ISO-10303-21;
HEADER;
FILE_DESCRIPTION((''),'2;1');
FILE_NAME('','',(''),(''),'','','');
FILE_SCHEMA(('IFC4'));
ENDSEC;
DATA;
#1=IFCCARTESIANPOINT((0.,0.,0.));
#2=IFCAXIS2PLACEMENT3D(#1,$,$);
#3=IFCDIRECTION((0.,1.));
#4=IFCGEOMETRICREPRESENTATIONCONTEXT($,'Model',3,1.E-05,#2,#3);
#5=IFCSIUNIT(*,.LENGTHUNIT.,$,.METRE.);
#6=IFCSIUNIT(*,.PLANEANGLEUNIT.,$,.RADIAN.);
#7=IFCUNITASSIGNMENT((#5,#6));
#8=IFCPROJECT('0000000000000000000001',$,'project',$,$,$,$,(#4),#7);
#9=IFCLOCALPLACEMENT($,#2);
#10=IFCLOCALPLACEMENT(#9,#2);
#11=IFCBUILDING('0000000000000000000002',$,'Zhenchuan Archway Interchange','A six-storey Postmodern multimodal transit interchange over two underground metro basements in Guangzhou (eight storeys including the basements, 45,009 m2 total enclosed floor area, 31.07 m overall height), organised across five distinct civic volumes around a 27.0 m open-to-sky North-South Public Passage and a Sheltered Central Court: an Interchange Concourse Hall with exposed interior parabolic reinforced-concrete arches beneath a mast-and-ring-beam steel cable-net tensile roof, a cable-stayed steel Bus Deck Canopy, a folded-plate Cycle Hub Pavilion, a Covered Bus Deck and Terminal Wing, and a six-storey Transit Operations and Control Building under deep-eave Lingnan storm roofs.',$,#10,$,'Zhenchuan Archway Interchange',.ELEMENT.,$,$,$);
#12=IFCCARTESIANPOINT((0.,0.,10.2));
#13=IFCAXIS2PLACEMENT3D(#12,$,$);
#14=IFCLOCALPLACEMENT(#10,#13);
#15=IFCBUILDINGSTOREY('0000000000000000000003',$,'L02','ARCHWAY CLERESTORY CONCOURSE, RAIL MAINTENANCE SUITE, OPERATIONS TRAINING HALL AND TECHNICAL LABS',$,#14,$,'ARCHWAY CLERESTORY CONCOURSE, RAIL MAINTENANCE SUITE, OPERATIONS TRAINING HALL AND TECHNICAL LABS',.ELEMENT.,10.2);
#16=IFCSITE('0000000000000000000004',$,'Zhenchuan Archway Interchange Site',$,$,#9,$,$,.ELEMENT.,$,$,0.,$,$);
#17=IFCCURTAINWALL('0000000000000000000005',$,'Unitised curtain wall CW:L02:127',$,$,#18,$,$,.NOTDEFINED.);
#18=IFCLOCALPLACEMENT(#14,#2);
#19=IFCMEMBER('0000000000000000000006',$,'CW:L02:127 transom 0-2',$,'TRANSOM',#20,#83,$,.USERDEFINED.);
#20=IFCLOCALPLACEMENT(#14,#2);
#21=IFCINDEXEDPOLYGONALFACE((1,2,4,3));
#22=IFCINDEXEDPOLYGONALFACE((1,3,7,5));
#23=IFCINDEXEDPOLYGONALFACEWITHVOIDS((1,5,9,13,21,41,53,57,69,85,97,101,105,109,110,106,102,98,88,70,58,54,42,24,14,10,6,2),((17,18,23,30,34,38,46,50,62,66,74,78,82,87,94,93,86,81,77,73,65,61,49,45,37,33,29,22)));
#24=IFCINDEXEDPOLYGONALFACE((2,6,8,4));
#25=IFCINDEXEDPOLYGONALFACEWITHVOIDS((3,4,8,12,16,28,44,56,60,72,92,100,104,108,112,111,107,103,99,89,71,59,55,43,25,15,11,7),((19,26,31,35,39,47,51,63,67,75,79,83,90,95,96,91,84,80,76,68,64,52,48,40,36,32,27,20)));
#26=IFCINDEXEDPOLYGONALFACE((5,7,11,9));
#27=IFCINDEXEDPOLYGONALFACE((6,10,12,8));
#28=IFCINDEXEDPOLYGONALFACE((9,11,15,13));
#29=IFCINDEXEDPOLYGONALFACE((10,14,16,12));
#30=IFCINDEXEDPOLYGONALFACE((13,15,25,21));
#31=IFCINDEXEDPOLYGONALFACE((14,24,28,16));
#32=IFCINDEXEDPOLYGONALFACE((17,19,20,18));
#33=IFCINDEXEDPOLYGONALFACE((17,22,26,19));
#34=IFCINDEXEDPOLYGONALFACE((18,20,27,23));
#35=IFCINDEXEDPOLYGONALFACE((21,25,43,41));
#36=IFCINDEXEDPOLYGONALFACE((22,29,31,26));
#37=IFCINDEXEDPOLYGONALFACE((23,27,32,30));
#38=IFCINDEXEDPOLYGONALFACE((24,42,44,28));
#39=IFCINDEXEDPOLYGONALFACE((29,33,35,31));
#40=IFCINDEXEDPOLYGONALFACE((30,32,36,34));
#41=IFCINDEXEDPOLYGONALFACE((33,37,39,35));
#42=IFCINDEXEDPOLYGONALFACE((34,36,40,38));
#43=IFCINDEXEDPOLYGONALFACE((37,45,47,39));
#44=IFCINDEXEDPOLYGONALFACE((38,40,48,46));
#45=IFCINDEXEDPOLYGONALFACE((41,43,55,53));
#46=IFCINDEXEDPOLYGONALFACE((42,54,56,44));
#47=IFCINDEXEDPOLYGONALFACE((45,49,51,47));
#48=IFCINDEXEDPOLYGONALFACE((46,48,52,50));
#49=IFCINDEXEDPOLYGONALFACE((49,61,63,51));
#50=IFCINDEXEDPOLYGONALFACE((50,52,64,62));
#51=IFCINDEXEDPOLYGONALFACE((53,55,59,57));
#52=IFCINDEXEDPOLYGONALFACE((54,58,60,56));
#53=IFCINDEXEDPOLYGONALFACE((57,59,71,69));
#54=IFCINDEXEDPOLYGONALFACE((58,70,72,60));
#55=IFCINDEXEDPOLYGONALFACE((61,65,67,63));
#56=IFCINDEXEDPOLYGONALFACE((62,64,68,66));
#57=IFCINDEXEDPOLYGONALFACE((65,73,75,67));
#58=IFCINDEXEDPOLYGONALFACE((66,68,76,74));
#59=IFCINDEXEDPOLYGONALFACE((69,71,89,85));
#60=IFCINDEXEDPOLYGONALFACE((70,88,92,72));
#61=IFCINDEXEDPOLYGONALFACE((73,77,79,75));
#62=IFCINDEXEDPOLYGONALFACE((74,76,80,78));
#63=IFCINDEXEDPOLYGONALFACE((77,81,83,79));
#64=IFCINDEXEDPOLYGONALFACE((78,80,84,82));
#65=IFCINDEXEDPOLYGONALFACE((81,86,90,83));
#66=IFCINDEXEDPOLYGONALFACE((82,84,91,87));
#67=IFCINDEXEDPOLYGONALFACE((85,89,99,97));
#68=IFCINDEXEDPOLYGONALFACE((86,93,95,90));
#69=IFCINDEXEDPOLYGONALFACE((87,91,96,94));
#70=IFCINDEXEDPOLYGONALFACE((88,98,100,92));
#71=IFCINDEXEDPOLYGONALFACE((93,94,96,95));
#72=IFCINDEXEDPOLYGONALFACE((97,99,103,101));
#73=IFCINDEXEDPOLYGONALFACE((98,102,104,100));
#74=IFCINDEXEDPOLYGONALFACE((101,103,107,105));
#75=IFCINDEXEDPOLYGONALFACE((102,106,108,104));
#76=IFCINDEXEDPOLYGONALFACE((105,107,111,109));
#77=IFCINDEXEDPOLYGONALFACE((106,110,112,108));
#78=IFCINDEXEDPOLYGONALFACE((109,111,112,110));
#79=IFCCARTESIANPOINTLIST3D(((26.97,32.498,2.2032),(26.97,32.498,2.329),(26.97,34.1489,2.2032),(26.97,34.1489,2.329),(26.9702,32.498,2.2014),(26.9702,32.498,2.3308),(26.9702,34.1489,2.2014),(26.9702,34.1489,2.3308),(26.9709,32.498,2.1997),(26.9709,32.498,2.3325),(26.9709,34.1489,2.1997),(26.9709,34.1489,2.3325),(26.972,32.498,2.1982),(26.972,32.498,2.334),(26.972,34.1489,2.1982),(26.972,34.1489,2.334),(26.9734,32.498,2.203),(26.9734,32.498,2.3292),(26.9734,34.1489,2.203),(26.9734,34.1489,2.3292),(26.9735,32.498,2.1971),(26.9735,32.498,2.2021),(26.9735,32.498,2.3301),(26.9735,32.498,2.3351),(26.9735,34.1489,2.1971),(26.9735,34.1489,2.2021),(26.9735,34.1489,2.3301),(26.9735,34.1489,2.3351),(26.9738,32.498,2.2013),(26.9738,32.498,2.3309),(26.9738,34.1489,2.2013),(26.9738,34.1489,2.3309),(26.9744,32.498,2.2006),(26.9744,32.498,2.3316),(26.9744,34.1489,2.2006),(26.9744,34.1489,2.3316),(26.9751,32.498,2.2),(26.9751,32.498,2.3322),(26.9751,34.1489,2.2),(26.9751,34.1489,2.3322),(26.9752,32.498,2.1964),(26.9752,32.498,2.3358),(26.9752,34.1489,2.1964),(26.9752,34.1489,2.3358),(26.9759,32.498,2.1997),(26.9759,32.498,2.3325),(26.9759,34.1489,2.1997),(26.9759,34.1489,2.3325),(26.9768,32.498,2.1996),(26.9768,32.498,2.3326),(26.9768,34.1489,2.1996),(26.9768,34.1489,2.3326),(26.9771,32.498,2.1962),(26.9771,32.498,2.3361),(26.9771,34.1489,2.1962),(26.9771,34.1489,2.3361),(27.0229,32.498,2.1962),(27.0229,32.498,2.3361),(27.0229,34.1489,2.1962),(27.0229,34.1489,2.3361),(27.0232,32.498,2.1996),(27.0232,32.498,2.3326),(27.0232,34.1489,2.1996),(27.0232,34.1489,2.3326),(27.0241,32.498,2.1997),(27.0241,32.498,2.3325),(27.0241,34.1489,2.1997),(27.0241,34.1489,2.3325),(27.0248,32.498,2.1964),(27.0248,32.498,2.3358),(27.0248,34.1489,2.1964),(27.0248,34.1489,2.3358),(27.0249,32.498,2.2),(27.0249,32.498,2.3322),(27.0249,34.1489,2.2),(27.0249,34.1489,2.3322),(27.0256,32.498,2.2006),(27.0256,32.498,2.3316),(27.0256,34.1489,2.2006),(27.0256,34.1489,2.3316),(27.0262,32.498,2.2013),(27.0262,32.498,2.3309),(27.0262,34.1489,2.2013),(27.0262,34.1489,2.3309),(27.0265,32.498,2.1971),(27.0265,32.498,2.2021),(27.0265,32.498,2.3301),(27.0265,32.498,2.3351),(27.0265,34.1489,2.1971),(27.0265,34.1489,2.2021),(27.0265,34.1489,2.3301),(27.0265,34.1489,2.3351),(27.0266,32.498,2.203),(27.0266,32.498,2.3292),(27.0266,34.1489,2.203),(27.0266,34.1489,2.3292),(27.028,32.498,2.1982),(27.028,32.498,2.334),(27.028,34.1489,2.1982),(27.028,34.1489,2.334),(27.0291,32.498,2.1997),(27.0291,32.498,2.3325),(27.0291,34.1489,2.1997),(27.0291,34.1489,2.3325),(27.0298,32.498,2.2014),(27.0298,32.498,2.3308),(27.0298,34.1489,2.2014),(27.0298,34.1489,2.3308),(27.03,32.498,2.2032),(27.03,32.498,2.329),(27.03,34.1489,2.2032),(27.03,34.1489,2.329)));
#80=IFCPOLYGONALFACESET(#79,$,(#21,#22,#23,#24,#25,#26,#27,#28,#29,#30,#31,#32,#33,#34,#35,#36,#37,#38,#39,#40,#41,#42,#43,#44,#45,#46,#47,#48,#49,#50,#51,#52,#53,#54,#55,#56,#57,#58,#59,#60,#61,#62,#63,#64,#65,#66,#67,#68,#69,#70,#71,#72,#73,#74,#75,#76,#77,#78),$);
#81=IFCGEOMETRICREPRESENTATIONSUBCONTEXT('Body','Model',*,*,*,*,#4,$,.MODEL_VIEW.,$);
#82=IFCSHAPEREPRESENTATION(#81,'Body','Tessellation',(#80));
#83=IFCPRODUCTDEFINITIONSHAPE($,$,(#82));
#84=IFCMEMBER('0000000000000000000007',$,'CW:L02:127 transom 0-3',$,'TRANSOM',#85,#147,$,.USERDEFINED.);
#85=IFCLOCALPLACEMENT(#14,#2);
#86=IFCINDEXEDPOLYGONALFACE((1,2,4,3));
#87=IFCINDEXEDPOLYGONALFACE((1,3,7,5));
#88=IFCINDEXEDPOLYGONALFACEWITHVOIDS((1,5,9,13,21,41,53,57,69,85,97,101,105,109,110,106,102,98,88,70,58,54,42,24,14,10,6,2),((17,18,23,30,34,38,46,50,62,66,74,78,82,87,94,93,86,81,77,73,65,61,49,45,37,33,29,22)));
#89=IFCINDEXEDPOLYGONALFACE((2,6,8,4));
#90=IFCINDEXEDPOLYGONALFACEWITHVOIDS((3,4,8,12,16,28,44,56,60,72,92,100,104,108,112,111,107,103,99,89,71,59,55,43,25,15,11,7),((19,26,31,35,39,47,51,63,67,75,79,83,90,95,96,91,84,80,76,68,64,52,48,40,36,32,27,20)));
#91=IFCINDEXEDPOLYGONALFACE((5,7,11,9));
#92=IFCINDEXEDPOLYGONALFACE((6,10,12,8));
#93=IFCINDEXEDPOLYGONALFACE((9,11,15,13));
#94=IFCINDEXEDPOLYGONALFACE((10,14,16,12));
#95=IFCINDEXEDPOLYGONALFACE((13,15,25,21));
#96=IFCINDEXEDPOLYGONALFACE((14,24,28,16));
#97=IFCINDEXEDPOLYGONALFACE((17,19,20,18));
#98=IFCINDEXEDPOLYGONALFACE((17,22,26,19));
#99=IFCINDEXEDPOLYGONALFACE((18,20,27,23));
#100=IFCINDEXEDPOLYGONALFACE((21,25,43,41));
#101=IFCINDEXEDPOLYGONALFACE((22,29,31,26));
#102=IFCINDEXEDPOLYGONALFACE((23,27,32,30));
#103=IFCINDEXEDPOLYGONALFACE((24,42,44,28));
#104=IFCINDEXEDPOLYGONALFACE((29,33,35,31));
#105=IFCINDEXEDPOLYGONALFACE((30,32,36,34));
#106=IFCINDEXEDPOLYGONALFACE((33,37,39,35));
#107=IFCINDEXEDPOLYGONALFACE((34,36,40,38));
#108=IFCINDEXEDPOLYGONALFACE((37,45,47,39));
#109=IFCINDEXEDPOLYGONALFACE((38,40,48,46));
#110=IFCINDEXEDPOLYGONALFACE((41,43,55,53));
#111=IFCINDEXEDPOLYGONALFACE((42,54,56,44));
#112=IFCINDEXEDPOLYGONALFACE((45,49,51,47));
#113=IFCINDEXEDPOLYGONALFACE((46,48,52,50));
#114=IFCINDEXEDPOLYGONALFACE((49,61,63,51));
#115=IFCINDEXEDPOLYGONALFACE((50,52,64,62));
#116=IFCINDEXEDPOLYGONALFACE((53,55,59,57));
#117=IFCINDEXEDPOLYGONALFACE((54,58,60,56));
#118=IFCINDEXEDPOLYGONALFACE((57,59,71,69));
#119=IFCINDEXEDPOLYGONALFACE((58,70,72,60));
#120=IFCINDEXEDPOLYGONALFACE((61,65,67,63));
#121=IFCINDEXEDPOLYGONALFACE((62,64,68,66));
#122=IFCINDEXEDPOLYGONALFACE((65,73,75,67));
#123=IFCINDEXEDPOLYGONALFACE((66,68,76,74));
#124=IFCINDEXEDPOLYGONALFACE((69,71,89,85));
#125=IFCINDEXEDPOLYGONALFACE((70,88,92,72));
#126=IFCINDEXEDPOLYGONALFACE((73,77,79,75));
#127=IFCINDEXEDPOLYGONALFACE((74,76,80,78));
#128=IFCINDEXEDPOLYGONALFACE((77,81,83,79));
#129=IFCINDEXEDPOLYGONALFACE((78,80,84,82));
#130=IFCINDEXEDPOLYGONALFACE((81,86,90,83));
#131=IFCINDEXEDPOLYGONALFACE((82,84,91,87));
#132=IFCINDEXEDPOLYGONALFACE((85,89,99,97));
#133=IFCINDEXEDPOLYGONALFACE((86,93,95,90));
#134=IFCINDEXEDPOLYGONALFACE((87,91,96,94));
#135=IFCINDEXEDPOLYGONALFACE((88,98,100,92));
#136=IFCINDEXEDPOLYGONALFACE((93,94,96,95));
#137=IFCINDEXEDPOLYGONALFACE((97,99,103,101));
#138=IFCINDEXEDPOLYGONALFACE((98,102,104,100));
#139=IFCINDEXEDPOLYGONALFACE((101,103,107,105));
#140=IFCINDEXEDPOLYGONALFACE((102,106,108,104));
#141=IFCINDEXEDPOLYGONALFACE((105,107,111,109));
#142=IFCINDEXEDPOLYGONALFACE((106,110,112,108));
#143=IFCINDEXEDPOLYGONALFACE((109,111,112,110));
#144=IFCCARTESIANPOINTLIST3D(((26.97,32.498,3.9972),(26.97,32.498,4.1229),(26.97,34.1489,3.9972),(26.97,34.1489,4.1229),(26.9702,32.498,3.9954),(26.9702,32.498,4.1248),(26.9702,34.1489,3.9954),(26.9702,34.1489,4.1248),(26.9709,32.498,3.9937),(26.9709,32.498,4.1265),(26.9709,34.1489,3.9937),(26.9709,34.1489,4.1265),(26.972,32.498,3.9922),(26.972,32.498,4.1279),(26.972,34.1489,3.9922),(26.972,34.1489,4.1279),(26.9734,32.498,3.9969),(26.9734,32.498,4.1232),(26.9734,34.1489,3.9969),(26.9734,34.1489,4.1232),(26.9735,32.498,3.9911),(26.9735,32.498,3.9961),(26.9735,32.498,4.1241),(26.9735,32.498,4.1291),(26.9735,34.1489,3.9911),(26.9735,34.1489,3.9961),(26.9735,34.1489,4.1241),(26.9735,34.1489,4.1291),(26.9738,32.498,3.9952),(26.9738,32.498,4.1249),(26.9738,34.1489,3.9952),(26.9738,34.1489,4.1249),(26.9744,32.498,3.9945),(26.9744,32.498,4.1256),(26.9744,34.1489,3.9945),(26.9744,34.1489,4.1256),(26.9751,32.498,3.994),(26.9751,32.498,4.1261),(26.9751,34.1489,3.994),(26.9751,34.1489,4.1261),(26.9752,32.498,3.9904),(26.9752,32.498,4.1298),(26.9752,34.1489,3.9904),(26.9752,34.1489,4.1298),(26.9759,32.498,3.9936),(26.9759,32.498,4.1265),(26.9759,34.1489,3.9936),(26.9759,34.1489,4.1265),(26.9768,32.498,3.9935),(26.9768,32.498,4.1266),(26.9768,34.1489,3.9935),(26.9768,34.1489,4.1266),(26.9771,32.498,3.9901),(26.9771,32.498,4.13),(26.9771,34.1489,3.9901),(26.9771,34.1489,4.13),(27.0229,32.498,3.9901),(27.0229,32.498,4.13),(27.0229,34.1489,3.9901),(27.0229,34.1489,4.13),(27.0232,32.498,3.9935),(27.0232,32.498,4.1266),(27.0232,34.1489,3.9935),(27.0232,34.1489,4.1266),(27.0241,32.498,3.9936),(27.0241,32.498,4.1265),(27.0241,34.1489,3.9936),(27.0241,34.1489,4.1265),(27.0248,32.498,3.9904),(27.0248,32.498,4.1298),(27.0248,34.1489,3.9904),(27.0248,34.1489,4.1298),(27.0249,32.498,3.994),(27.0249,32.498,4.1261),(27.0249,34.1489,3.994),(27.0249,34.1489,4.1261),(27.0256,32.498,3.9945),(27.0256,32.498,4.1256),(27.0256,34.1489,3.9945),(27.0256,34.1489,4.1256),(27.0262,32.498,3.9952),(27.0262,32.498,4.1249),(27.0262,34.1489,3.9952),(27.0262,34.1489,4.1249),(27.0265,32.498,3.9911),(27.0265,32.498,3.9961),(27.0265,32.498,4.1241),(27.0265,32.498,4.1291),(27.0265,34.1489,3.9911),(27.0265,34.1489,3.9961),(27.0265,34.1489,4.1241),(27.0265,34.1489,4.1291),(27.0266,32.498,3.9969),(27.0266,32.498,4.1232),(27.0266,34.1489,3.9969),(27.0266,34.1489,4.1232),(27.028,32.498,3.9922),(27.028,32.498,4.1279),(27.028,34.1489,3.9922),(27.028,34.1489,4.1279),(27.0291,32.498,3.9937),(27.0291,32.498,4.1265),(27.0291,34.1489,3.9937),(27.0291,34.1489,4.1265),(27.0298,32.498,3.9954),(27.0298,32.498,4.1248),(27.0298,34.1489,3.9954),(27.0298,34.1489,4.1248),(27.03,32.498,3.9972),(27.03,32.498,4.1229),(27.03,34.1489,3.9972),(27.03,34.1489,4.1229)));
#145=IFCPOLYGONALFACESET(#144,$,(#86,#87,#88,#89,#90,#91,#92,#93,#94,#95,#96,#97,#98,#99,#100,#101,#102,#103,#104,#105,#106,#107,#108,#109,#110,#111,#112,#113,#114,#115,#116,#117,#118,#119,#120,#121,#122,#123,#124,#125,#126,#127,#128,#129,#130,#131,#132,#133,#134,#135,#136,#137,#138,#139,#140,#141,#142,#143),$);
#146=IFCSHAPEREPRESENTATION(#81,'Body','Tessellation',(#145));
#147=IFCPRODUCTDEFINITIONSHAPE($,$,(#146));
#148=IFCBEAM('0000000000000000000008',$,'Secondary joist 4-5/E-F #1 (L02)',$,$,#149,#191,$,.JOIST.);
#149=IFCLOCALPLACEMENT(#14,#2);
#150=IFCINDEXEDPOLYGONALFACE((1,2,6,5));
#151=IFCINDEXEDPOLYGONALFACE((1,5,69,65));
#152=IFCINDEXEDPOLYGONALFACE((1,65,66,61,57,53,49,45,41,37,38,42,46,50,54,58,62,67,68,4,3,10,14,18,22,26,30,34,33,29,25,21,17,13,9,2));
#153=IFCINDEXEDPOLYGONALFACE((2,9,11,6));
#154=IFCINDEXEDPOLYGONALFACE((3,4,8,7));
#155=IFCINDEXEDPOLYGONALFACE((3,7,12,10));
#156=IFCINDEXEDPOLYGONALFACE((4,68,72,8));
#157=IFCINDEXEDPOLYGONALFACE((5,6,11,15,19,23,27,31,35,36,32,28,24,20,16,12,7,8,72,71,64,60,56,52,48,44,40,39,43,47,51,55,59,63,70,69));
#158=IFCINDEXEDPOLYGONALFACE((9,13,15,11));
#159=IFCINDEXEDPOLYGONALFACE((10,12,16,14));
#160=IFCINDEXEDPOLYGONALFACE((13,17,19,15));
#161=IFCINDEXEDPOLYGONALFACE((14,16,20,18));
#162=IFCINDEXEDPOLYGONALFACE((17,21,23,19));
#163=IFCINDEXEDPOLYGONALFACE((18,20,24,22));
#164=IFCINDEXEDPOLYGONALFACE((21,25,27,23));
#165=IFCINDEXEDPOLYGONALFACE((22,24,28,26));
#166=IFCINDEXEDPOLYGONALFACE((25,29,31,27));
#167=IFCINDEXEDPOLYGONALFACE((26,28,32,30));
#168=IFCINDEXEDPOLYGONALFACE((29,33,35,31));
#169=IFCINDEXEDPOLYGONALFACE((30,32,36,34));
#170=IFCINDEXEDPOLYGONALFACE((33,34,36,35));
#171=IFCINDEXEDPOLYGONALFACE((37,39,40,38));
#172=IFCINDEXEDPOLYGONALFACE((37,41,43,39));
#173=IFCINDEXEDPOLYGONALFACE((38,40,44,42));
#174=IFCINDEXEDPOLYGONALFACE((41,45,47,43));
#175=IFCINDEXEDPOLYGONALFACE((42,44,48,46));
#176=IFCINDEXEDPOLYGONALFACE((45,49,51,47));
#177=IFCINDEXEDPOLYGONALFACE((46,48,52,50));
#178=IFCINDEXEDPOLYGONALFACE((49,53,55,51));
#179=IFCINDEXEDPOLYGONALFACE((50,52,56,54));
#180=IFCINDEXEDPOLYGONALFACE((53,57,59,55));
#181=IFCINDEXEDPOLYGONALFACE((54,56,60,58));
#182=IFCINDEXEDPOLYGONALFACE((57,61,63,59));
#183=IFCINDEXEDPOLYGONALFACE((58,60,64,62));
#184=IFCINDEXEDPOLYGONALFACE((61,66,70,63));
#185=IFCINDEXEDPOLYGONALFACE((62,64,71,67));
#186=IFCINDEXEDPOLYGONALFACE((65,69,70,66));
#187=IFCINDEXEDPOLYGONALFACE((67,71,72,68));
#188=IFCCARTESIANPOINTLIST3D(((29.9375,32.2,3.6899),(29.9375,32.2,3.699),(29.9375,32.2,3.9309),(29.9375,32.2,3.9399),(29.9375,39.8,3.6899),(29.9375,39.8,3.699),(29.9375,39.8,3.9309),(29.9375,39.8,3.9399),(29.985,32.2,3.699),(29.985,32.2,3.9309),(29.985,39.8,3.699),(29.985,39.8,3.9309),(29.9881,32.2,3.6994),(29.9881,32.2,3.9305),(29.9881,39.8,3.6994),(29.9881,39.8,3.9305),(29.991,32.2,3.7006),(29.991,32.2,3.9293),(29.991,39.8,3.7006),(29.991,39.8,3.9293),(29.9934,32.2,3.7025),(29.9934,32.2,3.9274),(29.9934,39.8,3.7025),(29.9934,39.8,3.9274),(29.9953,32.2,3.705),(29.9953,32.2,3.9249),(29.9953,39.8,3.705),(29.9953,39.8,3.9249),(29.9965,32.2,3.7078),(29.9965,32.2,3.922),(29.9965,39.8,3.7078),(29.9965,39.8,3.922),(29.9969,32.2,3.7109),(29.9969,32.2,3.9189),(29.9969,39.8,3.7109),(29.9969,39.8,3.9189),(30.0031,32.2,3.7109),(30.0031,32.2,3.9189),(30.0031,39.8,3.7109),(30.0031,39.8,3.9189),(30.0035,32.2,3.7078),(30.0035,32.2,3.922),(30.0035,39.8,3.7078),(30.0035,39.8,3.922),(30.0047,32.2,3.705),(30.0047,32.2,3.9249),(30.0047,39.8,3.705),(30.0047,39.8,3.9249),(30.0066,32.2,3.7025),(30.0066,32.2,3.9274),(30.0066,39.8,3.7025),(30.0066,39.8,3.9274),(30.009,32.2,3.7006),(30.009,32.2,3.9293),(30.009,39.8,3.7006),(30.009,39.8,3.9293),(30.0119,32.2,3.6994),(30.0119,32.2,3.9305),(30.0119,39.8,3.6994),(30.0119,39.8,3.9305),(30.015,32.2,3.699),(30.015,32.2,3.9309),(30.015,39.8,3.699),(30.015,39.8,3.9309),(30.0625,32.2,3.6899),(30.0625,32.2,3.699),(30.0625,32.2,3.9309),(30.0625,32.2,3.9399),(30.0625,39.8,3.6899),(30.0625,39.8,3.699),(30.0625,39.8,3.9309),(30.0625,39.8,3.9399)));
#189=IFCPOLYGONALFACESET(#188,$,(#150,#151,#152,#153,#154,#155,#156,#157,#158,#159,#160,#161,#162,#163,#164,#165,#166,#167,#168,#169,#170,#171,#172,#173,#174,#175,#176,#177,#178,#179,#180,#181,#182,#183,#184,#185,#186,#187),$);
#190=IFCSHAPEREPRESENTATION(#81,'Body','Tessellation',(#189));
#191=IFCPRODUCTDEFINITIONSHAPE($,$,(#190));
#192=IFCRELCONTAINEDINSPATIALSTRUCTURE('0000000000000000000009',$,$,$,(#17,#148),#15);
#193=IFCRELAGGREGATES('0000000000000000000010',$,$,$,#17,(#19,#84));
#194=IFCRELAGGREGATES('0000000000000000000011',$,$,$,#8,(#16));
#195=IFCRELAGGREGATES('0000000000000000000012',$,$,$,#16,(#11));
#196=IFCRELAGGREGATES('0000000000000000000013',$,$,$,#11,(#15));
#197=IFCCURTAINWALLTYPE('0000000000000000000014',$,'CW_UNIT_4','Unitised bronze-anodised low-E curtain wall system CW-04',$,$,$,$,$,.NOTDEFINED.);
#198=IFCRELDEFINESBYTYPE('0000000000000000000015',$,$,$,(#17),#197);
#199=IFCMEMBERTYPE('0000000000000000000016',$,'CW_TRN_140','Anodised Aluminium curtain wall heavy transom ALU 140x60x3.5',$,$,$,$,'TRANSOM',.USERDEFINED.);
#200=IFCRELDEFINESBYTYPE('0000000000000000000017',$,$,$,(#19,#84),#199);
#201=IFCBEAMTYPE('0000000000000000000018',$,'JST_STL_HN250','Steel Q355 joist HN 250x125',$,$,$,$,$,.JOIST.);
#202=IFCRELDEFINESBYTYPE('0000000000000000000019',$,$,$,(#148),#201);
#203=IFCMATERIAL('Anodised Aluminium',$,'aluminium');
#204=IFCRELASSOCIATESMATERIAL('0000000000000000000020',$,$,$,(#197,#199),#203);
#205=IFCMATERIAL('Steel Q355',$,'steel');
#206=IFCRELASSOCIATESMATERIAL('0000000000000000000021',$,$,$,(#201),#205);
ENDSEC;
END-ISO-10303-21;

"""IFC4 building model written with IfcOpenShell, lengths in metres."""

from ifc_helpers import new_model, si_unit, direction, frame, origin, origin_2d, place, context, subcontext, project, spatial, hollow_rectangle, i_section, extrude, material, material_profile, profile_set, type_object, element, aggregate, save


model = new_model("IFC4")

# Units and contexts
model_context = context("Model", 3, precision=1e-05, world=origin(), true_north=direction((0.0, 1.0)))
body_context = subcontext(model_context, "Body", "Model", "MODEL_VIEW")
ifc_project = project(units=[si_unit("LENGTHUNIT", "METRE"), si_unit("PLANEANGLEUNIT", "RADIAN")], contexts=[model_context])

# Site, building, storey
site_placement = place(None, origin())
site = spatial("IfcSite", under=ifc_project, at=site_placement, Name="Zhenchuan Archway Interchange Site", CompositionType="ELEMENT", RefElevation=0.0)
building_placement = place(site_placement, origin())
building = spatial("IfcBuilding", under=site, at=building_placement, Name="Zhenchuan Archway Interchange", Description="A six-storey Postmodern multimodal transit interchange over two underground metro basements in Guangzhou (eight storeys including the basements, 45,009 m2 total enclosed floor area, 31.07 m overall height), organised across five distinct civic volumes around a 27.0 m open-to-sky North-South Public Passage and a Sheltered Central Court: an Interchange Concourse Hall with exposed interior parabolic reinforced-concrete arches beneath a mast-and-ring-beam steel cable-net tensile roof, a cable-stayed steel Bus Deck Canopy, a folded-plate Cycle Hub Pavilion, a Covered Bus Deck and Terminal Wing, and a six-storey Transit Operations and Control Building under deep-eave Lingnan storm roofs.", LongName="Zhenchuan Archway Interchange", CompositionType="ELEMENT")
storey_placement = place(building_placement, frame((0.0, 0.0, 10.2)))
storey = spatial("IfcBuildingStorey", under=building, at=storey_placement, Name="L02", Description="ARCHWAY CLERESTORY CONCOURSE, RAIL MAINTENANCE SUITE, OPERATIONS TRAINING HALL AND TECHNICAL LABS", LongName="ARCHWAY CLERESTORY CONCOURSE, RAIL MAINTENANCE SUITE, OPERATIONS TRAINING HALL AND TECHNICAL LABS", CompositionType="ELEMENT", Elevation=10.2)

# Shared definitions
ifc_material_1 = material(Name="Anodised Aluminium", Category="aluminium")

# Curtain wall
curtain_wall_type_1 = type_object("IfcCurtainWallType", Name="CW_UNIT_4", Description="Unitised bronze-anodised low-E curtain wall system CW-04", PredefinedType="NOTDEFINED", material=ifc_material_1)
curtain_wall_1_placement = place(storey_placement, origin())
curtain_wall_1 = element("IfcCurtainWall", 1, at=curtain_wall_1_placement, inside=storey, type_object=curtain_wall_type_1, Name="Unitised curtain wall CW:L02:127", PredefinedType="NOTDEFINED")

# Members
ifc_material_profile_1 = material_profile(ifc_material_1, hollow_rectangle(XDim=0.0601, YDim=0.1399, WallThickness=0.0034, InnerFilletRadius=0.0034, OuterFilletRadius=0.0071, at=origin_2d()), Name="ALU 140x60x3.5")
ifc_profile_set_1 = profile_set([ifc_material_profile_1], Name="Anodised Aluminium")
member_type_1 = type_object("IfcMemberType", Name="CW_TRN_140", Description="Anodised Aluminium curtain wall heavy transom ALU 140x60x3.5", ElementType="TRANSOM", PredefinedType="USERDEFINED", material=ifc_profile_set_1)
member_1_placement = place(storey_placement, frame((27.0, 32.498, 2.2661), z_axis=(0.0, 1.0, 0.0), x_axis=(-1.0, 0.0, 0.0)))
member_1 = element("IfcMember", 2, at=member_1_placement, type_object=member_type_1, Name="CW:L02:127 transom 0-2", ObjectType="TRANSOM", PredefinedType="USERDEFINED", context=body_context, shape_type="SweptSolid", body=[
    extrude(hollow_rectangle(XDim=0.0601, YDim=0.1399, WallThickness=0.0034, InnerFilletRadius=0.0034, OuterFilletRadius=0.0071, at=origin_2d()), origin(), (0.0, 0.0, 1.0), 1.6509),
])
member_2_placement = place(storey_placement, frame((27.0, 32.498, 4.0601), z_axis=(0.0, 1.0, 0.0), x_axis=(-1.0, 0.0, 0.0)))
member_2 = element("IfcMember", 3, at=member_2_placement, type_object=member_type_1, Name="CW:L02:127 transom 0-3", ObjectType="TRANSOM", PredefinedType="USERDEFINED", context=body_context, shape_type="SweptSolid", body=[
    extrude(hollow_rectangle(XDim=0.0601, YDim=0.1399, WallThickness=0.0034, InnerFilletRadius=0.0034, OuterFilletRadius=0.0071, at=origin_2d()), origin(), (0.0, 0.0, 1.0), 1.6509),
])

# Beam
ifc_material_2 = material(Name="Steel Q355", Category="steel")
ifc_material_profile_2 = material_profile(ifc_material_2, i_section(OverallWidth=0.125, OverallDepth=0.25, WebThickness=0.0061, FlangeThickness=0.009, FilletRadius=0.012, at=origin_2d()), Name="HN 250x125")
ifc_profile_set_2 = profile_set([ifc_material_profile_2], Name="Steel Q355")
beam_type_1 = type_object("IfcBeamType", Name="JST_STL_HN250", Description="Steel Q355 joist HN 250x125", PredefinedType="JOIST", material=ifc_profile_set_2)
for number, where, z_axis, x_axis, name in (
    (4, (30.0, 32.2, 3.8149), (0.0, 1.0, 0.0), (-1.0, 0.0, 0.0), "Secondary joist 4-5/E-F #1 (L02)"),
):
    element("IfcBeam", number, at=place(storey_placement, frame(where, z_axis=z_axis, x_axis=x_axis)), inside=storey, type_object=beam_type_1, Name=name, PredefinedType="JOIST", context=body_context, shape_type="SweptSolid", body=[
        extrude(i_section(OverallWidth=0.125, OverallDepth=0.25, WebThickness=0.0061, FlangeThickness=0.009, FilletRadius=0.012, at=origin_2d()), origin(), (0.0, 0.0, 1.0), 7.6001),
    ])

aggregate(curtain_wall_1, [member_1, member_2])

save(model, "model.ifc")
